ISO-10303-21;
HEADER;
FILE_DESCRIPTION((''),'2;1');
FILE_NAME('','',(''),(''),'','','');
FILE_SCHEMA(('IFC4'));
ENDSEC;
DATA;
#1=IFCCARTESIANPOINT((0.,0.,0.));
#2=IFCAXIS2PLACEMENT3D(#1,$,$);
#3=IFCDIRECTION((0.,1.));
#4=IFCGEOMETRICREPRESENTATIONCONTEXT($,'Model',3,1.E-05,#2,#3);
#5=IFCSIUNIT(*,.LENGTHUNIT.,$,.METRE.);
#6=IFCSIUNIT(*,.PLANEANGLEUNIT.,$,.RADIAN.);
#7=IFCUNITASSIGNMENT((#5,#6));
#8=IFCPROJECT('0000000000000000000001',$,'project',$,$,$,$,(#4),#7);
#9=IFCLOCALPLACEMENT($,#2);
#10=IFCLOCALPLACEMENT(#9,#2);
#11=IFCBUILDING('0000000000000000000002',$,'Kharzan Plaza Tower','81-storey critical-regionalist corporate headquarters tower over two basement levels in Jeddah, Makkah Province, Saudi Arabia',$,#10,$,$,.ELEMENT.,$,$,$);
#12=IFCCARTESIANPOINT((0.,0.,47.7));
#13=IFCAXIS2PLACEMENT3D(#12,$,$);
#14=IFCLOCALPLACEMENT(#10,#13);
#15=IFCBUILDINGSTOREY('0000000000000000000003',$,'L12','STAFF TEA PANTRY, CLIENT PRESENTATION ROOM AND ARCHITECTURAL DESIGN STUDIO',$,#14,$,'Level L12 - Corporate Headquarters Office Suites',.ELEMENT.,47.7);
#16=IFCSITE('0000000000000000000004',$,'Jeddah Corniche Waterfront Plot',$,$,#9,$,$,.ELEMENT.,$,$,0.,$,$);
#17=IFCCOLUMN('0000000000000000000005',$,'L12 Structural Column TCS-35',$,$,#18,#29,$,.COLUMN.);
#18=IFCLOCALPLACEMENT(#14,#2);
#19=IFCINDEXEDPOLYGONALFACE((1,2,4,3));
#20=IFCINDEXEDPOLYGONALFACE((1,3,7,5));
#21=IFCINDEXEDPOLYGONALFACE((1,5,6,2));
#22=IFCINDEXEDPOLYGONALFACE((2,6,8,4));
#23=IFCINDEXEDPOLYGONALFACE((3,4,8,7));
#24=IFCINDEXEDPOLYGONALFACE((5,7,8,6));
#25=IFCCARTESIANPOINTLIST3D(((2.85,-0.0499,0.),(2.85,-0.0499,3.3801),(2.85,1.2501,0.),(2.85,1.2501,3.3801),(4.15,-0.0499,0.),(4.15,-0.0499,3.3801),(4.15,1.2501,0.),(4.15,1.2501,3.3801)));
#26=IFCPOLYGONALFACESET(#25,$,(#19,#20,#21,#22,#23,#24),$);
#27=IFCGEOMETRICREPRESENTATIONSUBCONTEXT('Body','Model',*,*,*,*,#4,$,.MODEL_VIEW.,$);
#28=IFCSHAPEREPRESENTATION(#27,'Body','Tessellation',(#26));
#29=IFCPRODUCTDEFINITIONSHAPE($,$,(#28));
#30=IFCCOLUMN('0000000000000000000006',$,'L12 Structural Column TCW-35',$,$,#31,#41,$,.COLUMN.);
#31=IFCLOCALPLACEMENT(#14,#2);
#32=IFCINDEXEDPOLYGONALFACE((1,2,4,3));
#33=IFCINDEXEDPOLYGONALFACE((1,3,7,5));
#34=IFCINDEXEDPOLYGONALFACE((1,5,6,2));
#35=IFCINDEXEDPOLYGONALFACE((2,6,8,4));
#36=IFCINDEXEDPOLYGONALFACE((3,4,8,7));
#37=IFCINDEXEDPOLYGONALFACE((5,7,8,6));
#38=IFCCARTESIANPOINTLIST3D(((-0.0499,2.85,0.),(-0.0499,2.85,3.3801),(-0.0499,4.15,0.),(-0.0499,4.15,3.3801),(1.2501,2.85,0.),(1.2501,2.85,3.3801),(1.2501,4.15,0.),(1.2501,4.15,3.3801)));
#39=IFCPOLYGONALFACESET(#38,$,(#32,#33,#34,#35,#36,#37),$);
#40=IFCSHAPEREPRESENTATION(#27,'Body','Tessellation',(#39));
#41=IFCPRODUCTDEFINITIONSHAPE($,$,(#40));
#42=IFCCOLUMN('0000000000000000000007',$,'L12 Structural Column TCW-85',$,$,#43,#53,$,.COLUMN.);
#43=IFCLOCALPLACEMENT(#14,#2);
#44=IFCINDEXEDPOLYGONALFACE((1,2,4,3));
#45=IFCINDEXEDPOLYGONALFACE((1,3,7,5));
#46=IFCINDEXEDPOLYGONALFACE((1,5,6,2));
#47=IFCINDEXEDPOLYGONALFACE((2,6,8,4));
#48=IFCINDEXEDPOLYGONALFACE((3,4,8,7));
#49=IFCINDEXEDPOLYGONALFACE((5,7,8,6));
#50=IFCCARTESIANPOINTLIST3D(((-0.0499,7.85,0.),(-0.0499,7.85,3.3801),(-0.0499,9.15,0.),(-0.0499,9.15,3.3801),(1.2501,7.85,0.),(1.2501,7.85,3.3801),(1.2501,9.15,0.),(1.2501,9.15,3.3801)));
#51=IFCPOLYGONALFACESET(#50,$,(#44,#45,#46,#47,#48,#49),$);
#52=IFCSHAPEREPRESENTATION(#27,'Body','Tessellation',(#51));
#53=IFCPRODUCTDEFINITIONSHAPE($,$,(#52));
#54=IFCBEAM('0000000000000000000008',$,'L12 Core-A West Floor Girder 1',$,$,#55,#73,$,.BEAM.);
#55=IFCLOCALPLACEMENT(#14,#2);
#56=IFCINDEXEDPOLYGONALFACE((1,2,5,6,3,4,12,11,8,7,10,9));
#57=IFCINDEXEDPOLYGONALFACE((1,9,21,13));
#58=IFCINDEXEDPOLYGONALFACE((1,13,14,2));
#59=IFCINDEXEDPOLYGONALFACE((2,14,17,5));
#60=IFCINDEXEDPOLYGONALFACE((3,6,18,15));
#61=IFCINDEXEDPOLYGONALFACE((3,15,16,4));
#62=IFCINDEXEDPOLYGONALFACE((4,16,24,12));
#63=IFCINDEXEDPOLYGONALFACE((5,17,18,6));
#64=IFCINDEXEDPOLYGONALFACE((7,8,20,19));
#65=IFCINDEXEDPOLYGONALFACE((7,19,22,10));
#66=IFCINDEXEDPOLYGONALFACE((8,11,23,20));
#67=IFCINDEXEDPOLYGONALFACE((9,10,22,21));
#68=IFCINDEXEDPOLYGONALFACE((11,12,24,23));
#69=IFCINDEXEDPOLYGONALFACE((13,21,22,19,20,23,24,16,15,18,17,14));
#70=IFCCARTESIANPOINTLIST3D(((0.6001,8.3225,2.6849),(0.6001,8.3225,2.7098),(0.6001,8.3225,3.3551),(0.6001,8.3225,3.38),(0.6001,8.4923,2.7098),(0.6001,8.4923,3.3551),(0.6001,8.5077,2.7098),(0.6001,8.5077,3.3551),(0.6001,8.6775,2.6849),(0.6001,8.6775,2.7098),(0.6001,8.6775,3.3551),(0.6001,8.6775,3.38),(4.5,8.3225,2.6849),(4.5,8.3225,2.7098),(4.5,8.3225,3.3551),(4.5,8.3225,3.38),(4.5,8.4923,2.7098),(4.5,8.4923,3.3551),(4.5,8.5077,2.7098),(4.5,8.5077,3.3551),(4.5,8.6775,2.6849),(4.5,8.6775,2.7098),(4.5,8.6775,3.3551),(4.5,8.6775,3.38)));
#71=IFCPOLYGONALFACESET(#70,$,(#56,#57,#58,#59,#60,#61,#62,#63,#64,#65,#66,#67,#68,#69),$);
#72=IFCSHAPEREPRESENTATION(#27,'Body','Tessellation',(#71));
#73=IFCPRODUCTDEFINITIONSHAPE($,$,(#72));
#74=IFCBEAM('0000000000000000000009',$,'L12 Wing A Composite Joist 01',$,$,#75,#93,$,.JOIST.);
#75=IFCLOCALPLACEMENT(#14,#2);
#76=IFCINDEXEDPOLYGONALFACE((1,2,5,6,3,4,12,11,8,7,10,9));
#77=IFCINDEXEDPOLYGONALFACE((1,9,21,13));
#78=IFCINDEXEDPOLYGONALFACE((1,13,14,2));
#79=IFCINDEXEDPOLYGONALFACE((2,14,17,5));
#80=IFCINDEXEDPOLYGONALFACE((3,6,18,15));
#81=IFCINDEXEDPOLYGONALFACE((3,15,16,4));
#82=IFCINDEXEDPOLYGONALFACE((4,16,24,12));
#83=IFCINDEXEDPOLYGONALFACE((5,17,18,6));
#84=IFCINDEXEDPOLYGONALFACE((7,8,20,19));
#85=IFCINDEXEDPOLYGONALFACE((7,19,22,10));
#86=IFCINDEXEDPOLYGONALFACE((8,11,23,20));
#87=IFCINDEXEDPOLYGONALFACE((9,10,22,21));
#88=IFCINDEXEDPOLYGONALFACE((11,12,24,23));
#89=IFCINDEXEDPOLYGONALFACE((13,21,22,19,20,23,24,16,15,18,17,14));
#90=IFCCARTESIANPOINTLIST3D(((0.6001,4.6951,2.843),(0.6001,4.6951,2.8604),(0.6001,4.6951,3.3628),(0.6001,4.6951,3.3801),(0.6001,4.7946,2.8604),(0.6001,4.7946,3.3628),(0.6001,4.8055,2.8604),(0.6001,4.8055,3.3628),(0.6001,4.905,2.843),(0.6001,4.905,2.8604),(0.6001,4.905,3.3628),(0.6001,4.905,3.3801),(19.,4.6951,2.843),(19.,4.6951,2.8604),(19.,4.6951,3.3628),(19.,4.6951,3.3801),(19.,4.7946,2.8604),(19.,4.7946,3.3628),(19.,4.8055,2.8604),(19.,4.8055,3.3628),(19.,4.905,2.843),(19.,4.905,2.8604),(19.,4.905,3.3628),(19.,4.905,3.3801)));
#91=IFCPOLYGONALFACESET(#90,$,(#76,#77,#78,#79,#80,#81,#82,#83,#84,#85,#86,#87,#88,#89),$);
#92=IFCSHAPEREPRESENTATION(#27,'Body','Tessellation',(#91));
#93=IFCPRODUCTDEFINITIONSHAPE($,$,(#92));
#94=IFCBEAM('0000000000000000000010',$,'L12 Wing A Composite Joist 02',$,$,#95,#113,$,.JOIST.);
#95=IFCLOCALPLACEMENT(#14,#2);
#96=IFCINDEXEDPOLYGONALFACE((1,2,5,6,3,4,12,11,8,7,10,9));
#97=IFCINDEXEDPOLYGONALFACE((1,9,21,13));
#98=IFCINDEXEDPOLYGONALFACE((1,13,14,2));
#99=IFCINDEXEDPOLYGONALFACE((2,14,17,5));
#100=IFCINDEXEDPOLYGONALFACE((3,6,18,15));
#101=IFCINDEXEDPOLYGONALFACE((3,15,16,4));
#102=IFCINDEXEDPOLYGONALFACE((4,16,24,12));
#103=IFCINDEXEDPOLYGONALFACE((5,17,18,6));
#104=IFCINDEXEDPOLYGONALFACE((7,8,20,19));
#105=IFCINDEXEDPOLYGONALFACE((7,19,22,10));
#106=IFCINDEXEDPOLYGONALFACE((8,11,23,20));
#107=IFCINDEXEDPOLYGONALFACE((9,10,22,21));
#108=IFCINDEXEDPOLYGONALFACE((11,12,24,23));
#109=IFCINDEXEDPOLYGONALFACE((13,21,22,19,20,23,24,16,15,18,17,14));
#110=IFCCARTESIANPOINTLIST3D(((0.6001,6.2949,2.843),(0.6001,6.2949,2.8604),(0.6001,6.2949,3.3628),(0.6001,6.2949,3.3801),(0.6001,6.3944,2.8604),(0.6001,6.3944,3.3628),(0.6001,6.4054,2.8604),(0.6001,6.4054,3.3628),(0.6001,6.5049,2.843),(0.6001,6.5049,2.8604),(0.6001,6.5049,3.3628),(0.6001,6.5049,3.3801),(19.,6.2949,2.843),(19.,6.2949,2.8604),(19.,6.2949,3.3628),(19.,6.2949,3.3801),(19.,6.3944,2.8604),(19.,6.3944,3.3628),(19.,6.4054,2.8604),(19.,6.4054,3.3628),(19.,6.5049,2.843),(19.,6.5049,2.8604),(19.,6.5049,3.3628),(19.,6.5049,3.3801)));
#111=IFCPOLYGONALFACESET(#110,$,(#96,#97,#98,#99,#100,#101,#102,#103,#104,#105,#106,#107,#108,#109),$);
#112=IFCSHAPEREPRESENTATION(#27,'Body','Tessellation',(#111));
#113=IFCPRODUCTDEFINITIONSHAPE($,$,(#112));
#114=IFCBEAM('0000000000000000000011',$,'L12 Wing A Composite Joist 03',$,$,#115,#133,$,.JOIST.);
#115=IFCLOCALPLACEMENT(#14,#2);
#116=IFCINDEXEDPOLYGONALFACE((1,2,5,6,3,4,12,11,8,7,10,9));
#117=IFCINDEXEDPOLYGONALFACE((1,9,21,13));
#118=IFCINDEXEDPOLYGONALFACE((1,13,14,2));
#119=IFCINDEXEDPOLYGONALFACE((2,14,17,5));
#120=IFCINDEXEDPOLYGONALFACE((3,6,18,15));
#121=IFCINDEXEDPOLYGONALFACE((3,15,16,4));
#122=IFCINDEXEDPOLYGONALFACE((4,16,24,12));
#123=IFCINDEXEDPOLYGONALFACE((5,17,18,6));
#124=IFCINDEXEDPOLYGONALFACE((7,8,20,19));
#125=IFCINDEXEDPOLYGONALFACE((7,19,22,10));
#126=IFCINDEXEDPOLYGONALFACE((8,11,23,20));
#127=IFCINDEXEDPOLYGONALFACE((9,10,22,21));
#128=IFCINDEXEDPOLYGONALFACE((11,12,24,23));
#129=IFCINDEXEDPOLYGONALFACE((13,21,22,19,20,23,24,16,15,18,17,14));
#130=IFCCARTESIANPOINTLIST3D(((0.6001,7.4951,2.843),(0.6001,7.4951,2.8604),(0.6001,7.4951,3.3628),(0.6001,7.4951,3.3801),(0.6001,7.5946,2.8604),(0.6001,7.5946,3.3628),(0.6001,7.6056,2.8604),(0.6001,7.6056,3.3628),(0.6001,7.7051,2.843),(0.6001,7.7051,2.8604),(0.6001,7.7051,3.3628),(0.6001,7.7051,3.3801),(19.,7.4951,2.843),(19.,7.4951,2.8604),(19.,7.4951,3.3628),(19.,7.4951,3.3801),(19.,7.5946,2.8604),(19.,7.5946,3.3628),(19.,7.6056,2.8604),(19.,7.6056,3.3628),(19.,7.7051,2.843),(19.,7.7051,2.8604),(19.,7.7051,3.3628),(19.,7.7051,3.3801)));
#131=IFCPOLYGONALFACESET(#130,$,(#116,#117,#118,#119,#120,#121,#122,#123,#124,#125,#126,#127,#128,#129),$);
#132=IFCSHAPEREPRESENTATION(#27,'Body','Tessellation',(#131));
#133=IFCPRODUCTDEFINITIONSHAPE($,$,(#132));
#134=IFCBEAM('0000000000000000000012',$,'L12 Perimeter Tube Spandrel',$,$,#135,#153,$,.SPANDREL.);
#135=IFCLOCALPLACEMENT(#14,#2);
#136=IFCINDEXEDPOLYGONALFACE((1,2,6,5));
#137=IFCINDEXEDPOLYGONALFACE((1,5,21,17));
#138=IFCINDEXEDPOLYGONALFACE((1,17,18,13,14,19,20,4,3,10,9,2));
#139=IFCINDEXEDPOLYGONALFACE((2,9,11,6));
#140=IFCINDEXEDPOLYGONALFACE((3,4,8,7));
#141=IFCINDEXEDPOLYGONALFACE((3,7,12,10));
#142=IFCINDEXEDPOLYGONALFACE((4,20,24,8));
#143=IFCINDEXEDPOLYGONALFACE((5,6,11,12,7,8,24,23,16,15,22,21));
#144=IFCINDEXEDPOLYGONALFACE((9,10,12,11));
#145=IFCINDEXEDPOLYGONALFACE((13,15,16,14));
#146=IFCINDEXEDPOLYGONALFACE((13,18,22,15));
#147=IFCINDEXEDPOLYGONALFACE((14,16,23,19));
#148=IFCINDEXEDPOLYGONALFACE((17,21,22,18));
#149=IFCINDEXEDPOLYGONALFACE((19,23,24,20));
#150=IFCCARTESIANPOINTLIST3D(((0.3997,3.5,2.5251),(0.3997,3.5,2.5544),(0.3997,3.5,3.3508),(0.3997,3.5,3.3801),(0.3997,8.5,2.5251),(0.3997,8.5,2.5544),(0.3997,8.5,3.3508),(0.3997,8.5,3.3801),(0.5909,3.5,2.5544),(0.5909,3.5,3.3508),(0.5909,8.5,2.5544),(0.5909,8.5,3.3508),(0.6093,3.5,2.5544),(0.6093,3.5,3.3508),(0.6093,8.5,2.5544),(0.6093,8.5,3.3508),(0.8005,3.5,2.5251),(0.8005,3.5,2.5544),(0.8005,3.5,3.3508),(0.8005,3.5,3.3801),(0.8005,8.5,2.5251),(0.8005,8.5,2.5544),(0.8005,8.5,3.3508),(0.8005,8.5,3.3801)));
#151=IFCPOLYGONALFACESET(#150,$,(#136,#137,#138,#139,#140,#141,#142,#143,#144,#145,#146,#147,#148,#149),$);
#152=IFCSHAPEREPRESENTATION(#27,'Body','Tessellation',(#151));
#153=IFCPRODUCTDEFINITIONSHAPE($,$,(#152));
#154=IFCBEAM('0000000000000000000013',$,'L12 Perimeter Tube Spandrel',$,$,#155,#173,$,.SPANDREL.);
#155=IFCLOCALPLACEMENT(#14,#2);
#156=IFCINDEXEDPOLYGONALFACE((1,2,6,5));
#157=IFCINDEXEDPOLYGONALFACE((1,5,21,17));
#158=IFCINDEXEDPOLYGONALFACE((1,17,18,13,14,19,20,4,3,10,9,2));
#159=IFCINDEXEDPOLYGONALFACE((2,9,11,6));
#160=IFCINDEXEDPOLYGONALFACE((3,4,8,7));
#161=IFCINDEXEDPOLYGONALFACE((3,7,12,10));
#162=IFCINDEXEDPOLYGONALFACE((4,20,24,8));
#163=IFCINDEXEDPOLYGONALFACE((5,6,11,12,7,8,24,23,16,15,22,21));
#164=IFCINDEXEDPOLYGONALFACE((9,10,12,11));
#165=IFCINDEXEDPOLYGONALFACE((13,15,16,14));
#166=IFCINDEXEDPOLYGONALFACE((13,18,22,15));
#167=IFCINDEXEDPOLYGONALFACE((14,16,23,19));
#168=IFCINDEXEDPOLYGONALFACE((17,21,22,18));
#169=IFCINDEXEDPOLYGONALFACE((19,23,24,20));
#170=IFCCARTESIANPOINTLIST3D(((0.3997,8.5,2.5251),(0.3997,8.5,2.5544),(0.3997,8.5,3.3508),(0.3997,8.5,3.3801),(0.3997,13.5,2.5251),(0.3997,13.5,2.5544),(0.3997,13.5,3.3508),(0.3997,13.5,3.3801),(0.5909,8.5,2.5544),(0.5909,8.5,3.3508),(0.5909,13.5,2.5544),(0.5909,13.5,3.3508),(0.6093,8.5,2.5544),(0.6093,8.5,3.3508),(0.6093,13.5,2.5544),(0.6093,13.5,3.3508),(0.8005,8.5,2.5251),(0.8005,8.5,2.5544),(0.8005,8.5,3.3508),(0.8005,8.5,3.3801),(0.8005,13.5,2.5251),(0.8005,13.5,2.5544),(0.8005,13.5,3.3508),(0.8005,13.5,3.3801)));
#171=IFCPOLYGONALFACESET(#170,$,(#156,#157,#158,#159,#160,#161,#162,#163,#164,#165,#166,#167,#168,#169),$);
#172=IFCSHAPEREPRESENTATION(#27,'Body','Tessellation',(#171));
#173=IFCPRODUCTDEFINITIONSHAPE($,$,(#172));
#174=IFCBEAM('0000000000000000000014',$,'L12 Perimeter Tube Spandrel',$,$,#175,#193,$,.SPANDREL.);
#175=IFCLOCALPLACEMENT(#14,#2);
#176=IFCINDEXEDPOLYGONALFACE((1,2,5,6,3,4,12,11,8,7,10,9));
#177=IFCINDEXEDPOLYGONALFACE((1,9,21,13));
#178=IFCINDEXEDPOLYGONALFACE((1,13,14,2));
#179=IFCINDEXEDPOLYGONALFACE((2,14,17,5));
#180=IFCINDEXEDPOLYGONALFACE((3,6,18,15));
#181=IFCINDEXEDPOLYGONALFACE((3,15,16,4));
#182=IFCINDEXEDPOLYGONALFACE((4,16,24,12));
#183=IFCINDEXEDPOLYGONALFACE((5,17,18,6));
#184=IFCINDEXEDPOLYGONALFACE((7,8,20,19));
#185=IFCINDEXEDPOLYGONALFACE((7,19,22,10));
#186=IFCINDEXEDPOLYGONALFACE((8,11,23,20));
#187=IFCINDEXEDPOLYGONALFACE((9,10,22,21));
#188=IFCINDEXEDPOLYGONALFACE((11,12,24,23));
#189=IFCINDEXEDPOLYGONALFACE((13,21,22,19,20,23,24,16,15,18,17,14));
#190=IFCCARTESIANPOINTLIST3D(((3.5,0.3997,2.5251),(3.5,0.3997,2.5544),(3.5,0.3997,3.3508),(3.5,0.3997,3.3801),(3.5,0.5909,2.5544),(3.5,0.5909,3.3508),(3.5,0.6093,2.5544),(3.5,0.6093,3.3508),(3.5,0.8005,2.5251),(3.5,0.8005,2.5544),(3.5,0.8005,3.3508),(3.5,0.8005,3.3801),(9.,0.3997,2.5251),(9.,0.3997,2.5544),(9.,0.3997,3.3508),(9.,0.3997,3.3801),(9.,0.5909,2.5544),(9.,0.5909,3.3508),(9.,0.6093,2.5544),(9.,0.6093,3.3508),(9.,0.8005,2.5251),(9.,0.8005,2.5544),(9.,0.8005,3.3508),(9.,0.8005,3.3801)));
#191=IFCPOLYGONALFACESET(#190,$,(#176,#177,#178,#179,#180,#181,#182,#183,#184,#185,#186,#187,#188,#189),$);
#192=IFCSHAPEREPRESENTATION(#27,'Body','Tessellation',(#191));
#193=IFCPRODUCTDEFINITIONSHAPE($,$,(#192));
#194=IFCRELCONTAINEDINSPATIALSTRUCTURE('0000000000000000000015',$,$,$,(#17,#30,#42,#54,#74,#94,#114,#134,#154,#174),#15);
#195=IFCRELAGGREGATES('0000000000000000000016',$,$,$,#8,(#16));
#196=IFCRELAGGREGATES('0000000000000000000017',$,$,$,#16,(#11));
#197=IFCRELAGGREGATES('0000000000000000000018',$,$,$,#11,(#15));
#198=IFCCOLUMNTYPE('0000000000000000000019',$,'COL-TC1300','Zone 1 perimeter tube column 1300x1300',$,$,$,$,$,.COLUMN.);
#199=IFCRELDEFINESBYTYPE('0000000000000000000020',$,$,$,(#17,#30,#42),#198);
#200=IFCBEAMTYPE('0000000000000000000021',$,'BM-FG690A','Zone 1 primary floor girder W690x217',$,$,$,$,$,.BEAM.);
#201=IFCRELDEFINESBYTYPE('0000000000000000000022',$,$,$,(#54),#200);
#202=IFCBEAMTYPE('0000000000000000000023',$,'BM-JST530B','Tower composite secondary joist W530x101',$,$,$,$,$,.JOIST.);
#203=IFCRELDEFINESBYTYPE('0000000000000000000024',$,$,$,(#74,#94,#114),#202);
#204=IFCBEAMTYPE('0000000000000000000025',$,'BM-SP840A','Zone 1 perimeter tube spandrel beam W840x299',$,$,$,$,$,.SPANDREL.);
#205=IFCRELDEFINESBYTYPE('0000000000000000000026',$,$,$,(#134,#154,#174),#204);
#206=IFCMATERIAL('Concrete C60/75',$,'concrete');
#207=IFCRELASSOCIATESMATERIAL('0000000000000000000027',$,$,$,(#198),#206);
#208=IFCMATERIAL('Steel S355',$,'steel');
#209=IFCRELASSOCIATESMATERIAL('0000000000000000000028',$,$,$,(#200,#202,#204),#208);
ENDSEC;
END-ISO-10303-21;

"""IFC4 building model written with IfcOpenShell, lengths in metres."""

from ifc_helpers import new_model, si_unit, direction, frame, origin, origin_2d, place, context, subcontext, project, spatial, rectangle, i_section, extrude, source, transform, mapped, material, material_profile, profile_set, type_object, element, save


model = new_model("IFC4")

# Units and contexts
model_context = context("Model", 3, precision=1e-05, world=origin(), true_north=direction((0.0, 1.0)))
body_context = subcontext(model_context, "Body", "Model", "MODEL_VIEW")
ifc_project = project(units=[si_unit("LENGTHUNIT", "METRE"), si_unit("PLANEANGLEUNIT", "RADIAN")], contexts=[model_context])

# Site, building, storey
site_placement = place(None, origin())
site = spatial("IfcSite", under=ifc_project, at=site_placement, Name="Jeddah Corniche Waterfront Plot", CompositionType="ELEMENT", RefElevation=0.0)
building_placement = place(site_placement, origin())
building = spatial("IfcBuilding", under=site, at=building_placement, Name="Kharzan Plaza Tower", Description="81-storey critical-regionalist corporate headquarters tower over two basement levels in Jeddah, Makkah Province, Saudi Arabia", CompositionType="ELEMENT")
storey_placement = place(building_placement, frame((0.0, 0.0, 47.7)))
storey = spatial("IfcBuildingStorey", under=building, at=storey_placement, Name="L12", Description="STAFF TEA PANTRY, CLIENT PRESENTATION ROOM AND ARCHITECTURAL DESIGN STUDIO", LongName="Level L12 - Corporate Headquarters Office Suites", CompositionType="ELEMENT", Elevation=47.7)

# Columns
ifc_material_1 = material(Name="Concrete C60/75", Category="concrete")
ifc_material_profile_1 = material_profile(ifc_material_1, rectangle(XDim=1.3, YDim=1.3, at=origin_2d()), Name="RC-TC1300x1300")
ifc_profile_set_1 = profile_set([ifc_material_profile_1], Name="Concrete C60/75")
column_type = type_object("IfcColumnType", Name="COL-TC1300", Description="Zone 1 perimeter tube column 1300x1300", PredefinedType="COLUMN", material=ifc_profile_set_1)
shared_shape_1 = source(origin(), body_context, "Body", "SweptSolid", [
    extrude(rectangle(XDim=1.3, YDim=1.3, at=origin_2d()), origin(), (0.0, 0.0, 1.0), 3.3801),
])
for number, where, z_axis, x_axis, name in (
    (1, (3.5, 0.6001, 0.0), (0.0, 0.0, 1.0), (1.0, 0.0, 0.0), "L12 Structural Column TCS-35"),
    (2, (0.6001, 3.5, 0.0), (0.0, 0.0, 1.0), (1.0, 0.0, 0.0), "L12 Structural Column TCW-35"),
    (3, (0.6001, 8.5, 0.0), (0.0, 0.0, 1.0), (1.0, 0.0, 0.0), "L12 Structural Column TCW-85"),
):
    element("IfcColumn", number, at=place(storey_placement, frame(where, z_axis=z_axis, x_axis=x_axis)), inside=storey, type_object=column_type, Name=name, PredefinedType="COLUMN", context=body_context, shape_type="MappedRepresentation", body=[
        mapped(shared_shape_1, transform((0.0, 0.0, 0.0), x_axis=(1.0, 0.0, 0.0), y_axis=(0.0, 1.0, 0.0), z_axis=(0.0, 0.0, 1.0))),
    ])

# Beams
ifc_material_2 = material(Name="Steel S355", Category="steel")
ifc_material_profile_2 = material_profile(ifc_material_2, i_section(OverallWidth=0.355, OverallDepth=0.6951, WebThickness=0.0154, FlangeThickness=0.0249, at=origin_2d()), Name="W690x217")
ifc_profile_set_2 = profile_set([ifc_material_profile_2], Name="Steel S355")
beam_type_1 = type_object("IfcBeamType", Name="BM-FG690A", Description="Zone 1 primary floor girder W690x217", PredefinedType="BEAM", material=ifc_profile_set_2)
shared_shape_2 = source(origin(), body_context, "Body", "SweptSolid", [
    extrude(i_section(OverallWidth=0.355, OverallDepth=0.6951, WebThickness=0.0154, FlangeThickness=0.0249, at=origin_2d()), origin(), (0.0, 0.0, 1.0), 3.8999),
])
beam_1_placement = place(storey_placement, frame((0.6001, 8.5, 3.0325), z_axis=(1.0, 0.0, 0.0), x_axis=(0.0, 1.0, 0.0)))
element("IfcBeam", 4, at=beam_1_placement, inside=storey, type_object=beam_type_1, Name="L12 Core-A West Floor Girder 1", PredefinedType="BEAM", context=body_context, shape_type="MappedRepresentation", body=[
    mapped(shared_shape_2, transform((0.0, 0.0, 0.0), x_axis=(1.0, 0.0, 0.0), y_axis=(0.0, 1.0, 0.0), z_axis=(0.0, 0.0, 1.0))),
])
ifc_material_profile_3 = material_profile(ifc_material_2, i_section(OverallWidth=0.21, OverallDepth=0.5371, WebThickness=0.011, FlangeThickness=0.0173, at=origin_2d()), Name="W530x101")
ifc_profile_set_3 = profile_set([ifc_material_profile_3], Name="Steel S355")
beam_type_2 = type_object("IfcBeamType", Name="BM-JST530B", Description="Tower composite secondary joist W530x101", PredefinedType="JOIST", material=ifc_profile_set_3)
shared_shape_3 = source(origin(), body_context, "Body", "SweptSolid", [
    extrude(i_section(OverallWidth=0.21, OverallDepth=0.5371, WebThickness=0.011, FlangeThickness=0.0173, at=origin_2d()), origin(), (0.0, 0.0, 1.0), 18.3999),
])
for number, where, z_axis, x_axis, name in (
    (5, (0.6001, 4.8, 3.1116), (1.0, 0.0, 0.0), (0.0, 1.0, 0.0), "L12 Wing A Composite Joist 01"),
    (6, (0.6001, 6.3999, 3.1116), (1.0, 0.0, 0.0), (0.0, 1.0, 0.0), "L12 Wing A Composite Joist 02"),
    (7, (0.6001, 7.6001, 3.1116), (1.0, 0.0, 0.0), (0.0, 1.0, 0.0), "L12 Wing A Composite Joist 03"),
):
    element("IfcBeam", number, at=place(storey_placement, frame(where, z_axis=z_axis, x_axis=x_axis)), inside=storey, type_object=beam_type_2, Name=name, PredefinedType="JOIST", context=body_context, shape_type="MappedRepresentation", body=[
        mapped(shared_shape_3, transform((0.0, 0.0, 0.0), x_axis=(1.0, 0.0, 0.0), y_axis=(0.0, 1.0, 0.0), z_axis=(0.0, 0.0, 1.0))),
    ])
ifc_material_profile_4 = material_profile(ifc_material_2, i_section(OverallWidth=0.4009, OverallDepth=0.855, WebThickness=0.0183, FlangeThickness=0.0293, at=origin_2d()), Name="W840x299")
ifc_profile_set_4 = profile_set([ifc_material_profile_4], Name="Steel S355")
beam_type_3 = type_object("IfcBeamType", Name="BM-SP840A", Description="Zone 1 perimeter tube spandrel beam W840x299", PredefinedType="SPANDREL", material=ifc_profile_set_4)
shared_shape_4 = source(origin(), body_context, "Body", "SweptSolid", [
    extrude(i_section(OverallWidth=0.4009, OverallDepth=0.855, WebThickness=0.0183, FlangeThickness=0.0293, at=origin_2d()), origin(), (0.0, 0.0, 1.0), 5.0),
])
for number, where, z_axis, x_axis, name in (
    (8, (0.6001, 3.5, 2.9526), (0.0, 1.0, 0.0), (-1.0, 0.0, 0.0), "L12 Perimeter Tube Spandrel"),
    (9, (0.6001, 8.5, 2.9526), (0.0, 1.0, 0.0), (-1.0, 0.0, 0.0), "L12 Perimeter Tube Spandrel"),
):
    element("IfcBeam", number, at=place(storey_placement, frame(where, z_axis=z_axis, x_axis=x_axis)), inside=storey, type_object=beam_type_3, Name=name, PredefinedType="SPANDREL", context=body_context, shape_type="MappedRepresentation", body=[
        mapped(shared_shape_4, transform((0.0, 0.0, 0.0), x_axis=(1.0, 0.0, 0.0), y_axis=(0.0, 1.0, 0.0), z_axis=(0.0, 0.0, 1.0))),
    ])
shared_shape_5 = source(origin(), body_context, "Body", "SweptSolid", [
    extrude(i_section(OverallWidth=0.4009, OverallDepth=0.855, WebThickness=0.0183, FlangeThickness=0.0293, at=origin_2d()), origin(), (0.0, 0.0, 1.0), 5.5),
])
beam_2_placement = place(storey_placement, frame((3.5, 0.6001, 2.9526), z_axis=(1.0, 0.0, 0.0), x_axis=(0.0, 1.0, 0.0)))
element("IfcBeam", 10, at=beam_2_placement, inside=storey, type_object=beam_type_3, Name="L12 Perimeter Tube Spandrel", PredefinedType="SPANDREL", context=body_context, shape_type="MappedRepresentation", body=[
    mapped(shared_shape_5, transform((0.0, 0.0, 0.0), x_axis=(1.0, 0.0, 0.0), y_axis=(0.0, 1.0, 0.0), z_axis=(0.0, 0.0, 1.0))),
])

save(model, "model.ifc")
